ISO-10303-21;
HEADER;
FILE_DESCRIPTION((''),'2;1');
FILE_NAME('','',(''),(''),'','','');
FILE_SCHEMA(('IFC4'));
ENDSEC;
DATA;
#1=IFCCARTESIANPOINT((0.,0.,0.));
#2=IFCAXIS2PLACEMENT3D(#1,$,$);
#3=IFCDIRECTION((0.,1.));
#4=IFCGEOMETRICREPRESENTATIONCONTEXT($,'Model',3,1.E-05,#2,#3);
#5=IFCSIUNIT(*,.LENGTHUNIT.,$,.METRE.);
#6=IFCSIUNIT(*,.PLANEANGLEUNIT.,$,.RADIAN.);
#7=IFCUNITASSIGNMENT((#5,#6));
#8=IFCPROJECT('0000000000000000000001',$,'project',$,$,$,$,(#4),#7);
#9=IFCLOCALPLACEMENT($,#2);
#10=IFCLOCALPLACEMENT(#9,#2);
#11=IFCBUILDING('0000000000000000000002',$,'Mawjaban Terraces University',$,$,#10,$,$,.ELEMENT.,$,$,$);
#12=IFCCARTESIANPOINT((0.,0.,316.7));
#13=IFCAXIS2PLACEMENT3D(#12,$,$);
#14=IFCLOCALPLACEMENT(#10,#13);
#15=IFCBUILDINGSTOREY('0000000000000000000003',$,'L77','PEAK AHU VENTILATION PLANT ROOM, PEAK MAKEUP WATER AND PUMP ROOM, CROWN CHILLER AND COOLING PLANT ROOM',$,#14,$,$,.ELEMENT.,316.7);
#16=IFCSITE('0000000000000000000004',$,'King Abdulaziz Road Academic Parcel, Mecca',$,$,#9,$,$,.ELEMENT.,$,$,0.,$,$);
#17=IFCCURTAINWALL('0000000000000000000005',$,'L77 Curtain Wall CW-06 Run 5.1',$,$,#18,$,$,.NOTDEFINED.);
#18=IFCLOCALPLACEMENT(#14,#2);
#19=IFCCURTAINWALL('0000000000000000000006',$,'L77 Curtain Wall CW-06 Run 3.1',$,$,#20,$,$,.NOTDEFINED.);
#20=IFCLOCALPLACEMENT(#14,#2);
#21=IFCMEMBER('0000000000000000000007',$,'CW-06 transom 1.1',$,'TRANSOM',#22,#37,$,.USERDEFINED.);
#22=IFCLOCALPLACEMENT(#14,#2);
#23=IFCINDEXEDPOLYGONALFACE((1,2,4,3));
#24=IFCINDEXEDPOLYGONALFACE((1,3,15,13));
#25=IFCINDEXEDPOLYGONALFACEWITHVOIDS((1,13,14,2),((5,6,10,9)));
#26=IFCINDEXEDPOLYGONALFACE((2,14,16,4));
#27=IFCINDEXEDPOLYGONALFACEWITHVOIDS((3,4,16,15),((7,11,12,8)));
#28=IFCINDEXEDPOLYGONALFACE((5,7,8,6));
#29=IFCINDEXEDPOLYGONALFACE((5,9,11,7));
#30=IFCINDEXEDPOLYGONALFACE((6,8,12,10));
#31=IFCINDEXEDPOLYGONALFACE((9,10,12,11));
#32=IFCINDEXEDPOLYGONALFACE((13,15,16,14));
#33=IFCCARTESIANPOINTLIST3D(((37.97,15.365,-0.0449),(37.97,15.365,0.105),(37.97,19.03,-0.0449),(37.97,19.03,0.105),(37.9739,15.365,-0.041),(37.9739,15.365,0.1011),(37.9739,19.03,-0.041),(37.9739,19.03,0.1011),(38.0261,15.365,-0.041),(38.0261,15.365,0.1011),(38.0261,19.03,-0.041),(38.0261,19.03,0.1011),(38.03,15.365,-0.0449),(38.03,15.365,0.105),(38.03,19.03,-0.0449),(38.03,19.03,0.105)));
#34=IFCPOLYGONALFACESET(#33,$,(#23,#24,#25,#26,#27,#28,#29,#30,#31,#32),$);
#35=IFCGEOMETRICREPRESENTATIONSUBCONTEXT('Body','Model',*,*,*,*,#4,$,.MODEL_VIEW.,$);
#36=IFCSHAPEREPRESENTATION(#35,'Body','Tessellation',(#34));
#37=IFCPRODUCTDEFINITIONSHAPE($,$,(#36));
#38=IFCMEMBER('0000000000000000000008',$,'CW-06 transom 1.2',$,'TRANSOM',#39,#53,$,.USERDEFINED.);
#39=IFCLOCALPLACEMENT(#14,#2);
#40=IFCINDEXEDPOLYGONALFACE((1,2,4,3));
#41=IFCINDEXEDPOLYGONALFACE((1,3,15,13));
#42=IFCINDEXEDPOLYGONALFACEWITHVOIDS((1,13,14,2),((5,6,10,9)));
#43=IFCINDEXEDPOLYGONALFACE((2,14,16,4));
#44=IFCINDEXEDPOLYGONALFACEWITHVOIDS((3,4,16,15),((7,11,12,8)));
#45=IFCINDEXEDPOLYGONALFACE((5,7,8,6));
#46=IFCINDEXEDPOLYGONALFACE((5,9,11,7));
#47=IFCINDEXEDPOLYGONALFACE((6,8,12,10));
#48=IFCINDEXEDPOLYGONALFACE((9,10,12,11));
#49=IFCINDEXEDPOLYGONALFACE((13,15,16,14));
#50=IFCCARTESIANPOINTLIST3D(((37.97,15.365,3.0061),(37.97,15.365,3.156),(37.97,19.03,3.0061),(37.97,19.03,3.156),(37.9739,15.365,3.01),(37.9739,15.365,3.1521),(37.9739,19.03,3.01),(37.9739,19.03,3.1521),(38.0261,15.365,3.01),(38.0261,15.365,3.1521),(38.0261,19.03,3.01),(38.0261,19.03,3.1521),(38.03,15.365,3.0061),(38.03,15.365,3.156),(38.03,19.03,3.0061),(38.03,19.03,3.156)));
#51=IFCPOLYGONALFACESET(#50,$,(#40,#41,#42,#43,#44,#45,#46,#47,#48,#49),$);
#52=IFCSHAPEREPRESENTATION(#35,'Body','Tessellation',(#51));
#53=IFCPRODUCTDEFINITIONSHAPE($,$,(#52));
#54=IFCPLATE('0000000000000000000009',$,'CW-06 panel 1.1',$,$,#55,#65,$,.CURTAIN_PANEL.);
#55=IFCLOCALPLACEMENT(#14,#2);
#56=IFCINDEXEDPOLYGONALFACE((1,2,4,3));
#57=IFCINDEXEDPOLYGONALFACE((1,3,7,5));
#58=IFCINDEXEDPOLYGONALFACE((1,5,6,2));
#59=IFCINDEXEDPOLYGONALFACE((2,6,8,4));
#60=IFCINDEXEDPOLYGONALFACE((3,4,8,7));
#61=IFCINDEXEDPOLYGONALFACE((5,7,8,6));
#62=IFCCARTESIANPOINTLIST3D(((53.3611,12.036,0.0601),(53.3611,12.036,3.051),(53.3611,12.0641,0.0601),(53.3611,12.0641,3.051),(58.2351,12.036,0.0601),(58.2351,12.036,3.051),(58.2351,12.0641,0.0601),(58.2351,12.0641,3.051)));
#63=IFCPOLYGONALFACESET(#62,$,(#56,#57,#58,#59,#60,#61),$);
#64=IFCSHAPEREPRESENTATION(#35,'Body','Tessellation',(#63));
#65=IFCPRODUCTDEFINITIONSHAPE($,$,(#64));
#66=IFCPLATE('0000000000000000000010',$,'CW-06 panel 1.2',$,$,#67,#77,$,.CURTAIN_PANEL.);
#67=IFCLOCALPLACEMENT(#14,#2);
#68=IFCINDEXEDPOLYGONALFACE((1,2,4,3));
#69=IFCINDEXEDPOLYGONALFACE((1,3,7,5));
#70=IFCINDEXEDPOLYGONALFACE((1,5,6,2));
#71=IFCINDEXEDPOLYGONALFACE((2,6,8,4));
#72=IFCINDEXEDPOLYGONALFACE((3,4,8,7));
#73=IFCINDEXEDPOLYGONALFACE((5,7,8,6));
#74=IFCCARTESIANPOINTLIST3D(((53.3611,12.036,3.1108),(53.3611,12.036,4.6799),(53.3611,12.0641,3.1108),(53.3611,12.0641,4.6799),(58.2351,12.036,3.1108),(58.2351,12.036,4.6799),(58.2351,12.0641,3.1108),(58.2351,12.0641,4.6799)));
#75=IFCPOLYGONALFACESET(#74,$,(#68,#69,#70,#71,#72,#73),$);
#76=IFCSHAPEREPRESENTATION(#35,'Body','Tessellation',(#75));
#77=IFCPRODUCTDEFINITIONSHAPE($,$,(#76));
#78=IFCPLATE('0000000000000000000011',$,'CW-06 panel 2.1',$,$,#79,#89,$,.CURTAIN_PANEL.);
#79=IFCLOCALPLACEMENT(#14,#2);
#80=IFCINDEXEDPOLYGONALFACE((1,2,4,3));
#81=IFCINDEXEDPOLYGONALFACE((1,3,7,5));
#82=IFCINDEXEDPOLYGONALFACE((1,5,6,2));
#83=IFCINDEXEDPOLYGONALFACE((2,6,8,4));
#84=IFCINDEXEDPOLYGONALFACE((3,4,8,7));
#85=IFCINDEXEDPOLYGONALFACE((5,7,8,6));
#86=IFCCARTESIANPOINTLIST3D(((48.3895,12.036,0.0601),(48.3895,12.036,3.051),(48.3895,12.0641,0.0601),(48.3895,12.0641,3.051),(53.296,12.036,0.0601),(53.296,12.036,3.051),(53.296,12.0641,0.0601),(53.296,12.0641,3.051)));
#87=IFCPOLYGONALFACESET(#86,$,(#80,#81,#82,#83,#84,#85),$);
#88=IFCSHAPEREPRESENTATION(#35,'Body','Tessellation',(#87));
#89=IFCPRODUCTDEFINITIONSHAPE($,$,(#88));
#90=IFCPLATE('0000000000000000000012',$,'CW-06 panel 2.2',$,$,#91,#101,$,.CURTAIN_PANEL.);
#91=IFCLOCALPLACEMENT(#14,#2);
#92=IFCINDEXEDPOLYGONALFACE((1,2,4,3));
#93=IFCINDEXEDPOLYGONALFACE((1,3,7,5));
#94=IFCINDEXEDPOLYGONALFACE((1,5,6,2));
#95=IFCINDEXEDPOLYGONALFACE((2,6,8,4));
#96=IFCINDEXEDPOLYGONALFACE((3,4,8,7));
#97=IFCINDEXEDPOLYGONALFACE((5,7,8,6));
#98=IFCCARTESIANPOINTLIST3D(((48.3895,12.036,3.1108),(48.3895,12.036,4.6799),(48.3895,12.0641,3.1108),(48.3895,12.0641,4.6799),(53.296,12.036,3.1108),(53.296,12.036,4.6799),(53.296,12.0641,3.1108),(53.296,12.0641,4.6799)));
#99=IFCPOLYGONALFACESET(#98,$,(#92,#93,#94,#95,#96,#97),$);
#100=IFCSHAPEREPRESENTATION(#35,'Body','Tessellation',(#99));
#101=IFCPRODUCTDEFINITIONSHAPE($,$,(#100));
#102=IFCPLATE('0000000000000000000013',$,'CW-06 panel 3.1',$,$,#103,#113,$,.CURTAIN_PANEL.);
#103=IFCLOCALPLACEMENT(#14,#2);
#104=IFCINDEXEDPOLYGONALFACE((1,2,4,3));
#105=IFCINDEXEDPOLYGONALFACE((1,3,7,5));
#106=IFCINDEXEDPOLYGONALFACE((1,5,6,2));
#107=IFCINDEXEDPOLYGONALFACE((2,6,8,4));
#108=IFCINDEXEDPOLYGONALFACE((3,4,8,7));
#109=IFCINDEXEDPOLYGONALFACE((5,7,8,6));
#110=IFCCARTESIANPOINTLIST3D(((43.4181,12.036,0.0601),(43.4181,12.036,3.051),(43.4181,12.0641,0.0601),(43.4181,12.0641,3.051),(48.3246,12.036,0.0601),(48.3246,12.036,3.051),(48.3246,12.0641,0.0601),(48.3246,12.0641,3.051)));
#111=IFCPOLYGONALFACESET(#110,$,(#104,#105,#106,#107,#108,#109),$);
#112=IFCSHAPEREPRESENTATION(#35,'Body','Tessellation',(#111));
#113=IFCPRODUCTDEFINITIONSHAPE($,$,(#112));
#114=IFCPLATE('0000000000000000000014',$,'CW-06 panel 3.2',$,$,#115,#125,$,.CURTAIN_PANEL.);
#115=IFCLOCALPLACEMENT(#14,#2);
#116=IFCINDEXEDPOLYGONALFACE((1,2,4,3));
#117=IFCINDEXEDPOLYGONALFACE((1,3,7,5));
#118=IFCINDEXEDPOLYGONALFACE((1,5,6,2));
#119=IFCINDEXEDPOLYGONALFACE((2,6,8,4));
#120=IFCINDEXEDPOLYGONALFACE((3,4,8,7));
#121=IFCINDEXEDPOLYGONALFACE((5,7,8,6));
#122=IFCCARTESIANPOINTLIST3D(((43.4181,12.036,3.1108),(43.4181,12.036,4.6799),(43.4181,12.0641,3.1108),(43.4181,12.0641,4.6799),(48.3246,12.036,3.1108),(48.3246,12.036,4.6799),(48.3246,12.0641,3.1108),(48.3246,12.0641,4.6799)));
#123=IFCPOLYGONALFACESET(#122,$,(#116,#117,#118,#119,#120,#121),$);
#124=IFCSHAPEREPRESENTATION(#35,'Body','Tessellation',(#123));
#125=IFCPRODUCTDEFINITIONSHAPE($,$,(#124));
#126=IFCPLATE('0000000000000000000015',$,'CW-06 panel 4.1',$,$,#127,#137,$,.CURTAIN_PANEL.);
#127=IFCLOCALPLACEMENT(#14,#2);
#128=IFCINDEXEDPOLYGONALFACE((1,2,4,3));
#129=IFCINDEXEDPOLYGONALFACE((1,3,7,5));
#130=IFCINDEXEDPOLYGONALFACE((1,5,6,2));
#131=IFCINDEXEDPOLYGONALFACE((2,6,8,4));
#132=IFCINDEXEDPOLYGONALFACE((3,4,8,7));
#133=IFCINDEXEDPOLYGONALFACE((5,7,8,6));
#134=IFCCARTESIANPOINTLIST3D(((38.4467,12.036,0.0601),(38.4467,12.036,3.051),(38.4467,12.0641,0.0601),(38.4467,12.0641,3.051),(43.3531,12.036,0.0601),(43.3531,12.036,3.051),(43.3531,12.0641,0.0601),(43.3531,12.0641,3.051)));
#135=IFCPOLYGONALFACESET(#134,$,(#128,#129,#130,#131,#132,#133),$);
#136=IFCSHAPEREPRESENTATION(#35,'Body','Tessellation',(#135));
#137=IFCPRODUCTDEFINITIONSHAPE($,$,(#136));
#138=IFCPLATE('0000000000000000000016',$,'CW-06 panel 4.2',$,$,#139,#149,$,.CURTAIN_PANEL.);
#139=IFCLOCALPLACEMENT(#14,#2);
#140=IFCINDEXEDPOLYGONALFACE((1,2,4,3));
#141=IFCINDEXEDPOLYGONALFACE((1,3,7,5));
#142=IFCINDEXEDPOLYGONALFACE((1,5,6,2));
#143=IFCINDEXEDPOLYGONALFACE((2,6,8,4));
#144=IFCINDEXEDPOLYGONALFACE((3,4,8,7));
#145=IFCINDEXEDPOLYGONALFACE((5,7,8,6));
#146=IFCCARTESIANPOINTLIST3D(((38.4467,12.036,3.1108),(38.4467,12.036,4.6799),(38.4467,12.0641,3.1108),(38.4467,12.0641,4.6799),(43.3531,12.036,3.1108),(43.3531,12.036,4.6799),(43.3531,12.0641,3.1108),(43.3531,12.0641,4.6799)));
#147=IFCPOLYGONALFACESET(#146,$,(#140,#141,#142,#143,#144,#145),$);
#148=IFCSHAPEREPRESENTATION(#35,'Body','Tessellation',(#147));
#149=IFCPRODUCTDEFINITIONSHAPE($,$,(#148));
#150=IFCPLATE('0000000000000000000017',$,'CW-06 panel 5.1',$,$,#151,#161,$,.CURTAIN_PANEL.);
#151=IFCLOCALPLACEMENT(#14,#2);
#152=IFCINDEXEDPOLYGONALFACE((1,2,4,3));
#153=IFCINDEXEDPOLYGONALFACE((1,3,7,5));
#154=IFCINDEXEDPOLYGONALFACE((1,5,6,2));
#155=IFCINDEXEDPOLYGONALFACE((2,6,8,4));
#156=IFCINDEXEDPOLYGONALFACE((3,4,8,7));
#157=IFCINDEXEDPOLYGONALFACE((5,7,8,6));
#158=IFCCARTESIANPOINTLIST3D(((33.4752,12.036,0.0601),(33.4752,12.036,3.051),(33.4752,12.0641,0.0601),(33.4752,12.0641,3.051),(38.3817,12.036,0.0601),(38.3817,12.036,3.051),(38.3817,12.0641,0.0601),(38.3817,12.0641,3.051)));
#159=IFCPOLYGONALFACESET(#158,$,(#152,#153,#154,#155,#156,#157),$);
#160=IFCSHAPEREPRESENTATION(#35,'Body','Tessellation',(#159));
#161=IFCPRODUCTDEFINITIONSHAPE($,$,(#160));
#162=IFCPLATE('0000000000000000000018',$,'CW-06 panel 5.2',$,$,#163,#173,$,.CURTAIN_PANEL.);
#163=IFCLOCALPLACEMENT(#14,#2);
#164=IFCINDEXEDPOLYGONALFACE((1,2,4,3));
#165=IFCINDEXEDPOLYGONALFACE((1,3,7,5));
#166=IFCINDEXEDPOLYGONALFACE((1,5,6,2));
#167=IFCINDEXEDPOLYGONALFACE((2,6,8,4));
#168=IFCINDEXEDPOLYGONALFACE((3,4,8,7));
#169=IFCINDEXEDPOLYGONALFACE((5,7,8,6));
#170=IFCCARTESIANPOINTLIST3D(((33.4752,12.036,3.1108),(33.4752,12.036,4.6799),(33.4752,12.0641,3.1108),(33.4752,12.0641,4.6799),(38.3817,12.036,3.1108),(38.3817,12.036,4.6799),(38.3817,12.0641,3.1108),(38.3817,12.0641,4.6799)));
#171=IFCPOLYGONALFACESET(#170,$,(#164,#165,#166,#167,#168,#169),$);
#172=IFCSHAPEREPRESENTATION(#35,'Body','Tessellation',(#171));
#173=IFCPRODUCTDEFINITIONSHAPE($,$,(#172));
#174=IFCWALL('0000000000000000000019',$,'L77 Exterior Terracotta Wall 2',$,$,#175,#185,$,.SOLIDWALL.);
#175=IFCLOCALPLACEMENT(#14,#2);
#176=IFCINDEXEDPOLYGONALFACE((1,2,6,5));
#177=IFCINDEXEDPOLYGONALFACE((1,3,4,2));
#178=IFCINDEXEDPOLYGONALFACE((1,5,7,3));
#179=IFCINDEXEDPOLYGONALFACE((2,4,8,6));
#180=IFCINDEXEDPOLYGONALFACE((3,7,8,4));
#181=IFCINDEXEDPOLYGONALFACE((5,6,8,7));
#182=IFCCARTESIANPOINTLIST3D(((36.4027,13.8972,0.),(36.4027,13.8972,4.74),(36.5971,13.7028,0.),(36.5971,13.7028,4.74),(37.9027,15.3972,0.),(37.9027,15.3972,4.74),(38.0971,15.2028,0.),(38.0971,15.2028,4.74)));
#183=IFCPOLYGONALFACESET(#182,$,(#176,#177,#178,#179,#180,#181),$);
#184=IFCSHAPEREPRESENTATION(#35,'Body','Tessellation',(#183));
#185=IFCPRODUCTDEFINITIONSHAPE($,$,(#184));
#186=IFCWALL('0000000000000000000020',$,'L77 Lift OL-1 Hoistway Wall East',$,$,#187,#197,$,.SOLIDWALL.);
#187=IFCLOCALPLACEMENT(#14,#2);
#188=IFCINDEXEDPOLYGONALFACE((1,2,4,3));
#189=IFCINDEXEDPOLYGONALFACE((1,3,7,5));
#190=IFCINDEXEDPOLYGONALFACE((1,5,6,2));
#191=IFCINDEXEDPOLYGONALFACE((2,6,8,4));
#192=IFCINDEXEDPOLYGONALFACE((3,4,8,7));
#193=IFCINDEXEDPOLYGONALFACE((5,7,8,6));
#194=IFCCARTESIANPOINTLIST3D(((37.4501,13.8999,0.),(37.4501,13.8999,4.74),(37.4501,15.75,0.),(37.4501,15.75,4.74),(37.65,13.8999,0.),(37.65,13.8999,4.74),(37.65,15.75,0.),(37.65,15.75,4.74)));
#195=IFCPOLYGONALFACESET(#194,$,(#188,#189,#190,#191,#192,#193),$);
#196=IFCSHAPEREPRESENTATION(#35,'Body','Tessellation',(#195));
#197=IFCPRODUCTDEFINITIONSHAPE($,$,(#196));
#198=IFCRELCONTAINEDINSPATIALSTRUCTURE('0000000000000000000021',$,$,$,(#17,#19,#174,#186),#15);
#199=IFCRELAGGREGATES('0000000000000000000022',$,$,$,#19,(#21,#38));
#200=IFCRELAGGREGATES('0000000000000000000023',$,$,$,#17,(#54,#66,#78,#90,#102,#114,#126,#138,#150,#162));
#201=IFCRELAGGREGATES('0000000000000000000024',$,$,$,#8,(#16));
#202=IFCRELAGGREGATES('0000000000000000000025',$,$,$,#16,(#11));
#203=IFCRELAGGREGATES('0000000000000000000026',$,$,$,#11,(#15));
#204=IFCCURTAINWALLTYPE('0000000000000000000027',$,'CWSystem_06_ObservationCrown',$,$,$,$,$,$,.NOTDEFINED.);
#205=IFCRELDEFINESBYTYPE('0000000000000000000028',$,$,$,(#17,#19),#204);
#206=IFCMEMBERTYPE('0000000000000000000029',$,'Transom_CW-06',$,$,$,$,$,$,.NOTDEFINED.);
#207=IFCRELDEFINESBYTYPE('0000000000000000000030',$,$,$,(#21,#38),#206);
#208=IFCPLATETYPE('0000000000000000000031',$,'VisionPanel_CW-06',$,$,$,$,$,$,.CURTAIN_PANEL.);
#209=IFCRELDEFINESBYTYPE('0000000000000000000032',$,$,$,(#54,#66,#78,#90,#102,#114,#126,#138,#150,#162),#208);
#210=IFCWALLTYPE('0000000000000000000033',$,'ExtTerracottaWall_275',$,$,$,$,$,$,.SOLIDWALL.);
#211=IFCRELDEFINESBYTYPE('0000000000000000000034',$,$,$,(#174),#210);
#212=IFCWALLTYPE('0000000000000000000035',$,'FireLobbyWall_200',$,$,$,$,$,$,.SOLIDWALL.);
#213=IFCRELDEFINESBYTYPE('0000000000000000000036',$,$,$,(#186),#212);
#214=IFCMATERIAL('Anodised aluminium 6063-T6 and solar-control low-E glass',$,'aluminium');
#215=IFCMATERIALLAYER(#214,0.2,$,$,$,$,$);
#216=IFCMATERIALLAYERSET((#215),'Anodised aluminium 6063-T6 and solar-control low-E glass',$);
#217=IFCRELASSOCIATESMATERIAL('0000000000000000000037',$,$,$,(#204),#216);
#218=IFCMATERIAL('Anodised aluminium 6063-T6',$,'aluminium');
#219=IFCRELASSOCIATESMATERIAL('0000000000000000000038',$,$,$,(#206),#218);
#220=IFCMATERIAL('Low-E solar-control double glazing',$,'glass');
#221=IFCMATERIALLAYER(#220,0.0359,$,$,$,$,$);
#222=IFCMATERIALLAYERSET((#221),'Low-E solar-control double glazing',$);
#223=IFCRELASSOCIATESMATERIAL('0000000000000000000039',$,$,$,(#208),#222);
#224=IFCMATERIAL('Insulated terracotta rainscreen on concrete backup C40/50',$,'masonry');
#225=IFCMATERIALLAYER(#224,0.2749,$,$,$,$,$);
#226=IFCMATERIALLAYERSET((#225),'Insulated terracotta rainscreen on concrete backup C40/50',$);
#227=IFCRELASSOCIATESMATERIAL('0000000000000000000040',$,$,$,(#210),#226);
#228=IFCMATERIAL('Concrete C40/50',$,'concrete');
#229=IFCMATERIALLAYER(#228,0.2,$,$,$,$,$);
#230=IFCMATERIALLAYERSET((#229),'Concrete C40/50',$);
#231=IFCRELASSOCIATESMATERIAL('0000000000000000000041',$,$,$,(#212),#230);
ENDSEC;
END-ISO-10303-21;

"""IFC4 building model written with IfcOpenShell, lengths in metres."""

from ifc_helpers import new_model, si_unit, direction, frame, frame_2d, origin, origin_2d, place, context, subcontext, project, spatial, rectangle, hollow_rectangle, extrude, material, layer, layer_set, material_profile, profile_set, type_object, element, aggregate, save


model = new_model("IFC4")

# Units and contexts
model_context = context("Model", 3, precision=1e-05, world=origin(), true_north=direction((0.0, 1.0)))
body_context = subcontext(model_context, "Body", "Model", "MODEL_VIEW")
ifc_project = project(units=[si_unit("LENGTHUNIT", "METRE"), si_unit("PLANEANGLEUNIT", "RADIAN")], contexts=[model_context])

# Site, building, storey
site_placement = place(None, origin())
site = spatial("IfcSite", under=ifc_project, at=site_placement, Name="King Abdulaziz Road Academic Parcel, Mecca", CompositionType="ELEMENT", RefElevation=0.0)
building_placement = place(site_placement, origin())
building = spatial("IfcBuilding", under=site, at=building_placement, Name="Mawjaban Terraces University", CompositionType="ELEMENT")
storey_placement = place(building_placement, frame((0.0, 0.0, 316.7)))
storey = spatial("IfcBuildingStorey", under=building, at=storey_placement, Name="L77", Description="PEAK AHU VENTILATION PLANT ROOM, PEAK MAKEUP WATER AND PUMP ROOM, CROWN CHILLER AND COOLING PLANT ROOM", CompositionType="ELEMENT", Elevation=316.7)

# Curtain wall
ifc_material_1 = material(Name="Anodised aluminium 6063-T6 and solar-control low-E glass", Category="aluminium")
ifc_layer_1 = layer(ifc_material_1, 0.2)
ifc_layer_set_1 = layer_set([ifc_layer_1], Name="Anodised aluminium 6063-T6 and solar-control low-E glass")
curtain_wall_type = type_object("IfcCurtainWallType", Name="CWSystem_06_ObservationCrown", PredefinedType="NOTDEFINED", material=ifc_layer_set_1)
curtain_wall_1_placement = place(storey_placement, origin())
curtain_wall_1 = element("IfcCurtainWall", 1, at=curtain_wall_1_placement, inside=storey, type_object=curtain_wall_type, Name="L77 Curtain Wall CW-06 Run 5.1", PredefinedType="NOTDEFINED")
ifc_material_2 = material(Name="Anodised aluminium 6063-T6", Category="aluminium")

# Curtain wall
curtain_wall_2_placement = place(storey_placement, origin())
curtain_wall_2 = element("IfcCurtainWall", 2, at=curtain_wall_2_placement, inside=storey, type_object=curtain_wall_type, Name="L77 Curtain Wall CW-06 Run 3.1", PredefinedType="NOTDEFINED")

# Members
ifc_material_profile_1 = material_profile(ifc_material_2, hollow_rectangle(XDim=0.0601, YDim=0.1499, WallThickness=0.0039, at=origin_2d()), Name="ALU150X60X4")
ifc_profile_set_1 = profile_set([ifc_material_profile_1], Name="Anodised aluminium 6063-T6")
member_type_1 = type_object("IfcMemberType", Name="Transom_CW-06", PredefinedType="NOTDEFINED", material=ifc_profile_set_1)
member_1_placement = place(storey_placement, frame((38.0, 15.365, 0.03), z_axis=(0.0, 1.0, 0.0), x_axis=(-1.0, 0.0, 0.0)))
member_1 = element("IfcMember", 3, at=member_1_placement, type_object=member_type_1, Name="CW-06 transom 1.1", ObjectType="TRANSOM", PredefinedType="USERDEFINED", context=body_context, shape_type="SweptSolid", body=[
    extrude(hollow_rectangle(XDim=0.0601, YDim=0.1499, WallThickness=0.0039, at=origin_2d()), origin(), (0.0, 0.0, 1.0), 3.665),
])
member_2_placement = place(storey_placement, frame((38.0, 15.365, 3.0811), z_axis=(0.0, 1.0, 0.0), x_axis=(-1.0, 0.0, 0.0)))
member_2 = element("IfcMember", 4, at=member_2_placement, type_object=member_type_1, Name="CW-06 transom 1.2", ObjectType="TRANSOM", PredefinedType="USERDEFINED", context=body_context, shape_type="SweptSolid", body=[
    extrude(hollow_rectangle(XDim=0.0601, YDim=0.1499, WallThickness=0.0039, at=origin_2d()), origin(), (0.0, 0.0, 1.0), 3.665),
])
aggregate(curtain_wall_2, [member_1, member_2])

# Plates
ifc_material_3 = material(Name="Low-E solar-control double glazing", Category="glass")
ifc_layer_2 = layer(ifc_material_3, 0.0359)
ifc_layer_set_2 = layer_set([ifc_layer_2], Name="Low-E solar-control double glazing")
plate_type = type_object("IfcPlateType", Name="VisionPanel_CW-06", PredefinedType="CURTAIN_PANEL", material=ifc_layer_set_2)
plate_1_placement = place(storey_placement, frame((55.7981, 12.05, 0.0601), z_axis=(0.0, 0.0, 1.0), x_axis=(-1.0, 0.0, 0.0)))
plate_1 = element("IfcPlate", 5, at=plate_1_placement, type_object=plate_type, Name="CW-06 panel 1.1", PredefinedType="CURTAIN_PANEL", context=body_context, shape_type="SweptSolid", body=[
    extrude(rectangle(XDim=4.874, YDim=0.0281, at=origin_2d()), origin(), (0.0, 0.0, 1.0), 2.991),
])
plate_2_placement = place(storey_placement, frame((55.7981, 12.05, 3.1108), z_axis=(0.0, 0.0, 1.0), x_axis=(-1.0, 0.0, 0.0)))
plate_2 = element("IfcPlate", 6, at=plate_2_placement, type_object=plate_type, Name="CW-06 panel 1.2", PredefinedType="CURTAIN_PANEL", context=body_context, shape_type="SweptSolid", body=[
    extrude(rectangle(XDim=4.874, YDim=0.0281, at=origin_2d()), origin(), (0.0, 0.0, 1.0), 1.5691),
])
plate_3_placement = place(storey_placement, frame((50.8428, 12.05, 0.0601), z_axis=(0.0, 0.0, 1.0), x_axis=(-1.0, 0.0, 0.0)))
plate_3 = element("IfcPlate", 7, at=plate_3_placement, type_object=plate_type, Name="CW-06 panel 2.1", PredefinedType="CURTAIN_PANEL", context=body_context, shape_type="SweptSolid", body=[
    extrude(rectangle(XDim=4.9065, YDim=0.0281, at=origin_2d()), origin(), (0.0, 0.0, 1.0), 2.991),
])
plate_4_placement = place(storey_placement, frame((50.8428, 12.05, 3.1108), z_axis=(0.0, 0.0, 1.0), x_axis=(-1.0, 0.0, 0.0)))
plate_4 = element("IfcPlate", 8, at=plate_4_placement, type_object=plate_type, Name="CW-06 panel 2.2", PredefinedType="CURTAIN_PANEL", context=body_context, shape_type="SweptSolid", body=[
    extrude(rectangle(XDim=4.9065, YDim=0.0281, at=origin_2d()), origin(), (0.0, 0.0, 1.0), 1.5691),
])
plate_5_placement = place(storey_placement, frame((45.8713, 12.05, 0.0601), z_axis=(0.0, 0.0, 1.0), x_axis=(-1.0, 0.0, 0.0)))
plate_5 = element("IfcPlate", 9, at=plate_5_placement, type_object=plate_type, Name="CW-06 panel 3.1", PredefinedType="CURTAIN_PANEL", context=body_context, shape_type="SweptSolid", body=[
    extrude(rectangle(XDim=4.9065, YDim=0.0281, at=origin_2d()), origin(), (0.0, 0.0, 1.0), 2.991),
])
plate_6_placement = place(storey_placement, frame((45.8713, 12.05, 3.1108), z_axis=(0.0, 0.0, 1.0), x_axis=(-1.0, 0.0, 0.0)))
plate_6 = element("IfcPlate", 10, at=plate_6_placement, type_object=plate_type, Name="CW-06 panel 3.2", PredefinedType="CURTAIN_PANEL", context=body_context, shape_type="SweptSolid", body=[
    extrude(rectangle(XDim=4.9065, YDim=0.0281, at=origin_2d()), origin(), (0.0, 0.0, 1.0), 1.5691),
])
plate_7_placement = place(storey_placement, frame((40.8999, 12.05, 0.0601), z_axis=(0.0, 0.0, 1.0), x_axis=(-1.0, 0.0, 0.0)))
plate_7 = element("IfcPlate", 11, at=plate_7_placement, type_object=plate_type, Name="CW-06 panel 4.1", PredefinedType="CURTAIN_PANEL", context=body_context, shape_type="SweptSolid", body=[
    extrude(rectangle(XDim=4.9065, YDim=0.0281, at=origin_2d()), origin(), (0.0, 0.0, 1.0), 2.991),
])
plate_8_placement = place(storey_placement, frame((40.8999, 12.05, 3.1108), z_axis=(0.0, 0.0, 1.0), x_axis=(-1.0, 0.0, 0.0)))
plate_8 = element("IfcPlate", 12, at=plate_8_placement, type_object=plate_type, Name="CW-06 panel 4.2", PredefinedType="CURTAIN_PANEL", context=body_context, shape_type="SweptSolid", body=[
    extrude(rectangle(XDim=4.9065, YDim=0.0281, at=origin_2d()), origin(), (0.0, 0.0, 1.0), 1.5691),
])
plate_9_placement = place(storey_placement, frame((35.9285, 12.05, 0.0601), z_axis=(0.0, 0.0, 1.0), x_axis=(-1.0, 0.0, 0.0)))
plate_9 = element("IfcPlate", 13, at=plate_9_placement, type_object=plate_type, Name="CW-06 panel 5.1", PredefinedType="CURTAIN_PANEL", context=body_context, shape_type="SweptSolid", body=[
    extrude(rectangle(XDim=4.9065, YDim=0.0281, at=origin_2d()), origin(), (0.0, 0.0, 1.0), 2.991),
])
plate_10_placement = place(storey_placement, frame((35.9285, 12.05, 3.1108), z_axis=(0.0, 0.0, 1.0), x_axis=(-1.0, 0.0, 0.0)))
plate_10 = element("IfcPlate", 14, at=plate_10_placement, type_object=plate_type, Name="CW-06 panel 5.2", PredefinedType="CURTAIN_PANEL", context=body_context, shape_type="SweptSolid", body=[
    extrude(rectangle(XDim=4.9065, YDim=0.0281, at=origin_2d()), origin(), (0.0, 0.0, 1.0), 1.5691),
])
aggregate(curtain_wall_1, [plate_1, plate_2, plate_3, plate_4, plate_5, plate_6, plate_7, plate_8, plate_9, plate_10])

# Walls
ifc_material_4 = material(Name="Insulated terracotta rainscreen on concrete backup C40/50", Category="masonry")
ifc_layer_3 = layer(ifc_material_4, 0.2749)
ifc_layer_set_3 = layer_set([ifc_layer_3], Name="Insulated terracotta rainscreen on concrete backup C40/50")
wall_type_1 = type_object("IfcWallType", Name="ExtTerracottaWall_275", PredefinedType="SOLIDWALL", material=ifc_layer_set_3)
wall_1_placement = place(storey_placement, frame((36.5, 13.8, 0.0), z_axis=(0.0, 0.0, 1.0), x_axis=(0.707107, 0.707107, 0.0)))
element("IfcWall", 15, at=wall_1_placement, inside=storey, type_object=wall_type_1, Name="L77 Exterior Terracotta Wall 2", PredefinedType="SOLIDWALL", context=body_context, shape_type="SweptSolid", body=[
    extrude(rectangle(XDim=2.1213, YDim=0.2749, at=frame_2d((1.0605, 0.0))), origin(), (0.0, 0.0, 1.0), 4.74),
])
ifc_material_5 = material(Name="Concrete C40/50", Category="concrete")
ifc_layer_4 = layer(ifc_material_5, 0.2)
ifc_layer_set_4 = layer_set([ifc_layer_4], Name="Concrete C40/50")
wall_type_2 = type_object("IfcWallType", Name="FireLobbyWall_200", PredefinedType="SOLIDWALL", material=ifc_layer_set_4)
wall_2_placement = place(storey_placement, frame((37.55, 13.8999, 0.0), z_axis=(0.0, 0.0, 1.0), x_axis=(0.0, 1.0, 0.0)))
element("IfcWall", 16, at=wall_2_placement, inside=storey, type_object=wall_type_2, Name="L77 Lift OL-1 Hoistway Wall East", PredefinedType="SOLIDWALL", context=body_context, shape_type="SweptSolid", body=[
    extrude(rectangle(XDim=1.8501, YDim=0.2, at=frame_2d((0.925, 0.0))), origin(), (0.0, 0.0, 1.0), 4.74),
])

save(model, "model.ifc")
